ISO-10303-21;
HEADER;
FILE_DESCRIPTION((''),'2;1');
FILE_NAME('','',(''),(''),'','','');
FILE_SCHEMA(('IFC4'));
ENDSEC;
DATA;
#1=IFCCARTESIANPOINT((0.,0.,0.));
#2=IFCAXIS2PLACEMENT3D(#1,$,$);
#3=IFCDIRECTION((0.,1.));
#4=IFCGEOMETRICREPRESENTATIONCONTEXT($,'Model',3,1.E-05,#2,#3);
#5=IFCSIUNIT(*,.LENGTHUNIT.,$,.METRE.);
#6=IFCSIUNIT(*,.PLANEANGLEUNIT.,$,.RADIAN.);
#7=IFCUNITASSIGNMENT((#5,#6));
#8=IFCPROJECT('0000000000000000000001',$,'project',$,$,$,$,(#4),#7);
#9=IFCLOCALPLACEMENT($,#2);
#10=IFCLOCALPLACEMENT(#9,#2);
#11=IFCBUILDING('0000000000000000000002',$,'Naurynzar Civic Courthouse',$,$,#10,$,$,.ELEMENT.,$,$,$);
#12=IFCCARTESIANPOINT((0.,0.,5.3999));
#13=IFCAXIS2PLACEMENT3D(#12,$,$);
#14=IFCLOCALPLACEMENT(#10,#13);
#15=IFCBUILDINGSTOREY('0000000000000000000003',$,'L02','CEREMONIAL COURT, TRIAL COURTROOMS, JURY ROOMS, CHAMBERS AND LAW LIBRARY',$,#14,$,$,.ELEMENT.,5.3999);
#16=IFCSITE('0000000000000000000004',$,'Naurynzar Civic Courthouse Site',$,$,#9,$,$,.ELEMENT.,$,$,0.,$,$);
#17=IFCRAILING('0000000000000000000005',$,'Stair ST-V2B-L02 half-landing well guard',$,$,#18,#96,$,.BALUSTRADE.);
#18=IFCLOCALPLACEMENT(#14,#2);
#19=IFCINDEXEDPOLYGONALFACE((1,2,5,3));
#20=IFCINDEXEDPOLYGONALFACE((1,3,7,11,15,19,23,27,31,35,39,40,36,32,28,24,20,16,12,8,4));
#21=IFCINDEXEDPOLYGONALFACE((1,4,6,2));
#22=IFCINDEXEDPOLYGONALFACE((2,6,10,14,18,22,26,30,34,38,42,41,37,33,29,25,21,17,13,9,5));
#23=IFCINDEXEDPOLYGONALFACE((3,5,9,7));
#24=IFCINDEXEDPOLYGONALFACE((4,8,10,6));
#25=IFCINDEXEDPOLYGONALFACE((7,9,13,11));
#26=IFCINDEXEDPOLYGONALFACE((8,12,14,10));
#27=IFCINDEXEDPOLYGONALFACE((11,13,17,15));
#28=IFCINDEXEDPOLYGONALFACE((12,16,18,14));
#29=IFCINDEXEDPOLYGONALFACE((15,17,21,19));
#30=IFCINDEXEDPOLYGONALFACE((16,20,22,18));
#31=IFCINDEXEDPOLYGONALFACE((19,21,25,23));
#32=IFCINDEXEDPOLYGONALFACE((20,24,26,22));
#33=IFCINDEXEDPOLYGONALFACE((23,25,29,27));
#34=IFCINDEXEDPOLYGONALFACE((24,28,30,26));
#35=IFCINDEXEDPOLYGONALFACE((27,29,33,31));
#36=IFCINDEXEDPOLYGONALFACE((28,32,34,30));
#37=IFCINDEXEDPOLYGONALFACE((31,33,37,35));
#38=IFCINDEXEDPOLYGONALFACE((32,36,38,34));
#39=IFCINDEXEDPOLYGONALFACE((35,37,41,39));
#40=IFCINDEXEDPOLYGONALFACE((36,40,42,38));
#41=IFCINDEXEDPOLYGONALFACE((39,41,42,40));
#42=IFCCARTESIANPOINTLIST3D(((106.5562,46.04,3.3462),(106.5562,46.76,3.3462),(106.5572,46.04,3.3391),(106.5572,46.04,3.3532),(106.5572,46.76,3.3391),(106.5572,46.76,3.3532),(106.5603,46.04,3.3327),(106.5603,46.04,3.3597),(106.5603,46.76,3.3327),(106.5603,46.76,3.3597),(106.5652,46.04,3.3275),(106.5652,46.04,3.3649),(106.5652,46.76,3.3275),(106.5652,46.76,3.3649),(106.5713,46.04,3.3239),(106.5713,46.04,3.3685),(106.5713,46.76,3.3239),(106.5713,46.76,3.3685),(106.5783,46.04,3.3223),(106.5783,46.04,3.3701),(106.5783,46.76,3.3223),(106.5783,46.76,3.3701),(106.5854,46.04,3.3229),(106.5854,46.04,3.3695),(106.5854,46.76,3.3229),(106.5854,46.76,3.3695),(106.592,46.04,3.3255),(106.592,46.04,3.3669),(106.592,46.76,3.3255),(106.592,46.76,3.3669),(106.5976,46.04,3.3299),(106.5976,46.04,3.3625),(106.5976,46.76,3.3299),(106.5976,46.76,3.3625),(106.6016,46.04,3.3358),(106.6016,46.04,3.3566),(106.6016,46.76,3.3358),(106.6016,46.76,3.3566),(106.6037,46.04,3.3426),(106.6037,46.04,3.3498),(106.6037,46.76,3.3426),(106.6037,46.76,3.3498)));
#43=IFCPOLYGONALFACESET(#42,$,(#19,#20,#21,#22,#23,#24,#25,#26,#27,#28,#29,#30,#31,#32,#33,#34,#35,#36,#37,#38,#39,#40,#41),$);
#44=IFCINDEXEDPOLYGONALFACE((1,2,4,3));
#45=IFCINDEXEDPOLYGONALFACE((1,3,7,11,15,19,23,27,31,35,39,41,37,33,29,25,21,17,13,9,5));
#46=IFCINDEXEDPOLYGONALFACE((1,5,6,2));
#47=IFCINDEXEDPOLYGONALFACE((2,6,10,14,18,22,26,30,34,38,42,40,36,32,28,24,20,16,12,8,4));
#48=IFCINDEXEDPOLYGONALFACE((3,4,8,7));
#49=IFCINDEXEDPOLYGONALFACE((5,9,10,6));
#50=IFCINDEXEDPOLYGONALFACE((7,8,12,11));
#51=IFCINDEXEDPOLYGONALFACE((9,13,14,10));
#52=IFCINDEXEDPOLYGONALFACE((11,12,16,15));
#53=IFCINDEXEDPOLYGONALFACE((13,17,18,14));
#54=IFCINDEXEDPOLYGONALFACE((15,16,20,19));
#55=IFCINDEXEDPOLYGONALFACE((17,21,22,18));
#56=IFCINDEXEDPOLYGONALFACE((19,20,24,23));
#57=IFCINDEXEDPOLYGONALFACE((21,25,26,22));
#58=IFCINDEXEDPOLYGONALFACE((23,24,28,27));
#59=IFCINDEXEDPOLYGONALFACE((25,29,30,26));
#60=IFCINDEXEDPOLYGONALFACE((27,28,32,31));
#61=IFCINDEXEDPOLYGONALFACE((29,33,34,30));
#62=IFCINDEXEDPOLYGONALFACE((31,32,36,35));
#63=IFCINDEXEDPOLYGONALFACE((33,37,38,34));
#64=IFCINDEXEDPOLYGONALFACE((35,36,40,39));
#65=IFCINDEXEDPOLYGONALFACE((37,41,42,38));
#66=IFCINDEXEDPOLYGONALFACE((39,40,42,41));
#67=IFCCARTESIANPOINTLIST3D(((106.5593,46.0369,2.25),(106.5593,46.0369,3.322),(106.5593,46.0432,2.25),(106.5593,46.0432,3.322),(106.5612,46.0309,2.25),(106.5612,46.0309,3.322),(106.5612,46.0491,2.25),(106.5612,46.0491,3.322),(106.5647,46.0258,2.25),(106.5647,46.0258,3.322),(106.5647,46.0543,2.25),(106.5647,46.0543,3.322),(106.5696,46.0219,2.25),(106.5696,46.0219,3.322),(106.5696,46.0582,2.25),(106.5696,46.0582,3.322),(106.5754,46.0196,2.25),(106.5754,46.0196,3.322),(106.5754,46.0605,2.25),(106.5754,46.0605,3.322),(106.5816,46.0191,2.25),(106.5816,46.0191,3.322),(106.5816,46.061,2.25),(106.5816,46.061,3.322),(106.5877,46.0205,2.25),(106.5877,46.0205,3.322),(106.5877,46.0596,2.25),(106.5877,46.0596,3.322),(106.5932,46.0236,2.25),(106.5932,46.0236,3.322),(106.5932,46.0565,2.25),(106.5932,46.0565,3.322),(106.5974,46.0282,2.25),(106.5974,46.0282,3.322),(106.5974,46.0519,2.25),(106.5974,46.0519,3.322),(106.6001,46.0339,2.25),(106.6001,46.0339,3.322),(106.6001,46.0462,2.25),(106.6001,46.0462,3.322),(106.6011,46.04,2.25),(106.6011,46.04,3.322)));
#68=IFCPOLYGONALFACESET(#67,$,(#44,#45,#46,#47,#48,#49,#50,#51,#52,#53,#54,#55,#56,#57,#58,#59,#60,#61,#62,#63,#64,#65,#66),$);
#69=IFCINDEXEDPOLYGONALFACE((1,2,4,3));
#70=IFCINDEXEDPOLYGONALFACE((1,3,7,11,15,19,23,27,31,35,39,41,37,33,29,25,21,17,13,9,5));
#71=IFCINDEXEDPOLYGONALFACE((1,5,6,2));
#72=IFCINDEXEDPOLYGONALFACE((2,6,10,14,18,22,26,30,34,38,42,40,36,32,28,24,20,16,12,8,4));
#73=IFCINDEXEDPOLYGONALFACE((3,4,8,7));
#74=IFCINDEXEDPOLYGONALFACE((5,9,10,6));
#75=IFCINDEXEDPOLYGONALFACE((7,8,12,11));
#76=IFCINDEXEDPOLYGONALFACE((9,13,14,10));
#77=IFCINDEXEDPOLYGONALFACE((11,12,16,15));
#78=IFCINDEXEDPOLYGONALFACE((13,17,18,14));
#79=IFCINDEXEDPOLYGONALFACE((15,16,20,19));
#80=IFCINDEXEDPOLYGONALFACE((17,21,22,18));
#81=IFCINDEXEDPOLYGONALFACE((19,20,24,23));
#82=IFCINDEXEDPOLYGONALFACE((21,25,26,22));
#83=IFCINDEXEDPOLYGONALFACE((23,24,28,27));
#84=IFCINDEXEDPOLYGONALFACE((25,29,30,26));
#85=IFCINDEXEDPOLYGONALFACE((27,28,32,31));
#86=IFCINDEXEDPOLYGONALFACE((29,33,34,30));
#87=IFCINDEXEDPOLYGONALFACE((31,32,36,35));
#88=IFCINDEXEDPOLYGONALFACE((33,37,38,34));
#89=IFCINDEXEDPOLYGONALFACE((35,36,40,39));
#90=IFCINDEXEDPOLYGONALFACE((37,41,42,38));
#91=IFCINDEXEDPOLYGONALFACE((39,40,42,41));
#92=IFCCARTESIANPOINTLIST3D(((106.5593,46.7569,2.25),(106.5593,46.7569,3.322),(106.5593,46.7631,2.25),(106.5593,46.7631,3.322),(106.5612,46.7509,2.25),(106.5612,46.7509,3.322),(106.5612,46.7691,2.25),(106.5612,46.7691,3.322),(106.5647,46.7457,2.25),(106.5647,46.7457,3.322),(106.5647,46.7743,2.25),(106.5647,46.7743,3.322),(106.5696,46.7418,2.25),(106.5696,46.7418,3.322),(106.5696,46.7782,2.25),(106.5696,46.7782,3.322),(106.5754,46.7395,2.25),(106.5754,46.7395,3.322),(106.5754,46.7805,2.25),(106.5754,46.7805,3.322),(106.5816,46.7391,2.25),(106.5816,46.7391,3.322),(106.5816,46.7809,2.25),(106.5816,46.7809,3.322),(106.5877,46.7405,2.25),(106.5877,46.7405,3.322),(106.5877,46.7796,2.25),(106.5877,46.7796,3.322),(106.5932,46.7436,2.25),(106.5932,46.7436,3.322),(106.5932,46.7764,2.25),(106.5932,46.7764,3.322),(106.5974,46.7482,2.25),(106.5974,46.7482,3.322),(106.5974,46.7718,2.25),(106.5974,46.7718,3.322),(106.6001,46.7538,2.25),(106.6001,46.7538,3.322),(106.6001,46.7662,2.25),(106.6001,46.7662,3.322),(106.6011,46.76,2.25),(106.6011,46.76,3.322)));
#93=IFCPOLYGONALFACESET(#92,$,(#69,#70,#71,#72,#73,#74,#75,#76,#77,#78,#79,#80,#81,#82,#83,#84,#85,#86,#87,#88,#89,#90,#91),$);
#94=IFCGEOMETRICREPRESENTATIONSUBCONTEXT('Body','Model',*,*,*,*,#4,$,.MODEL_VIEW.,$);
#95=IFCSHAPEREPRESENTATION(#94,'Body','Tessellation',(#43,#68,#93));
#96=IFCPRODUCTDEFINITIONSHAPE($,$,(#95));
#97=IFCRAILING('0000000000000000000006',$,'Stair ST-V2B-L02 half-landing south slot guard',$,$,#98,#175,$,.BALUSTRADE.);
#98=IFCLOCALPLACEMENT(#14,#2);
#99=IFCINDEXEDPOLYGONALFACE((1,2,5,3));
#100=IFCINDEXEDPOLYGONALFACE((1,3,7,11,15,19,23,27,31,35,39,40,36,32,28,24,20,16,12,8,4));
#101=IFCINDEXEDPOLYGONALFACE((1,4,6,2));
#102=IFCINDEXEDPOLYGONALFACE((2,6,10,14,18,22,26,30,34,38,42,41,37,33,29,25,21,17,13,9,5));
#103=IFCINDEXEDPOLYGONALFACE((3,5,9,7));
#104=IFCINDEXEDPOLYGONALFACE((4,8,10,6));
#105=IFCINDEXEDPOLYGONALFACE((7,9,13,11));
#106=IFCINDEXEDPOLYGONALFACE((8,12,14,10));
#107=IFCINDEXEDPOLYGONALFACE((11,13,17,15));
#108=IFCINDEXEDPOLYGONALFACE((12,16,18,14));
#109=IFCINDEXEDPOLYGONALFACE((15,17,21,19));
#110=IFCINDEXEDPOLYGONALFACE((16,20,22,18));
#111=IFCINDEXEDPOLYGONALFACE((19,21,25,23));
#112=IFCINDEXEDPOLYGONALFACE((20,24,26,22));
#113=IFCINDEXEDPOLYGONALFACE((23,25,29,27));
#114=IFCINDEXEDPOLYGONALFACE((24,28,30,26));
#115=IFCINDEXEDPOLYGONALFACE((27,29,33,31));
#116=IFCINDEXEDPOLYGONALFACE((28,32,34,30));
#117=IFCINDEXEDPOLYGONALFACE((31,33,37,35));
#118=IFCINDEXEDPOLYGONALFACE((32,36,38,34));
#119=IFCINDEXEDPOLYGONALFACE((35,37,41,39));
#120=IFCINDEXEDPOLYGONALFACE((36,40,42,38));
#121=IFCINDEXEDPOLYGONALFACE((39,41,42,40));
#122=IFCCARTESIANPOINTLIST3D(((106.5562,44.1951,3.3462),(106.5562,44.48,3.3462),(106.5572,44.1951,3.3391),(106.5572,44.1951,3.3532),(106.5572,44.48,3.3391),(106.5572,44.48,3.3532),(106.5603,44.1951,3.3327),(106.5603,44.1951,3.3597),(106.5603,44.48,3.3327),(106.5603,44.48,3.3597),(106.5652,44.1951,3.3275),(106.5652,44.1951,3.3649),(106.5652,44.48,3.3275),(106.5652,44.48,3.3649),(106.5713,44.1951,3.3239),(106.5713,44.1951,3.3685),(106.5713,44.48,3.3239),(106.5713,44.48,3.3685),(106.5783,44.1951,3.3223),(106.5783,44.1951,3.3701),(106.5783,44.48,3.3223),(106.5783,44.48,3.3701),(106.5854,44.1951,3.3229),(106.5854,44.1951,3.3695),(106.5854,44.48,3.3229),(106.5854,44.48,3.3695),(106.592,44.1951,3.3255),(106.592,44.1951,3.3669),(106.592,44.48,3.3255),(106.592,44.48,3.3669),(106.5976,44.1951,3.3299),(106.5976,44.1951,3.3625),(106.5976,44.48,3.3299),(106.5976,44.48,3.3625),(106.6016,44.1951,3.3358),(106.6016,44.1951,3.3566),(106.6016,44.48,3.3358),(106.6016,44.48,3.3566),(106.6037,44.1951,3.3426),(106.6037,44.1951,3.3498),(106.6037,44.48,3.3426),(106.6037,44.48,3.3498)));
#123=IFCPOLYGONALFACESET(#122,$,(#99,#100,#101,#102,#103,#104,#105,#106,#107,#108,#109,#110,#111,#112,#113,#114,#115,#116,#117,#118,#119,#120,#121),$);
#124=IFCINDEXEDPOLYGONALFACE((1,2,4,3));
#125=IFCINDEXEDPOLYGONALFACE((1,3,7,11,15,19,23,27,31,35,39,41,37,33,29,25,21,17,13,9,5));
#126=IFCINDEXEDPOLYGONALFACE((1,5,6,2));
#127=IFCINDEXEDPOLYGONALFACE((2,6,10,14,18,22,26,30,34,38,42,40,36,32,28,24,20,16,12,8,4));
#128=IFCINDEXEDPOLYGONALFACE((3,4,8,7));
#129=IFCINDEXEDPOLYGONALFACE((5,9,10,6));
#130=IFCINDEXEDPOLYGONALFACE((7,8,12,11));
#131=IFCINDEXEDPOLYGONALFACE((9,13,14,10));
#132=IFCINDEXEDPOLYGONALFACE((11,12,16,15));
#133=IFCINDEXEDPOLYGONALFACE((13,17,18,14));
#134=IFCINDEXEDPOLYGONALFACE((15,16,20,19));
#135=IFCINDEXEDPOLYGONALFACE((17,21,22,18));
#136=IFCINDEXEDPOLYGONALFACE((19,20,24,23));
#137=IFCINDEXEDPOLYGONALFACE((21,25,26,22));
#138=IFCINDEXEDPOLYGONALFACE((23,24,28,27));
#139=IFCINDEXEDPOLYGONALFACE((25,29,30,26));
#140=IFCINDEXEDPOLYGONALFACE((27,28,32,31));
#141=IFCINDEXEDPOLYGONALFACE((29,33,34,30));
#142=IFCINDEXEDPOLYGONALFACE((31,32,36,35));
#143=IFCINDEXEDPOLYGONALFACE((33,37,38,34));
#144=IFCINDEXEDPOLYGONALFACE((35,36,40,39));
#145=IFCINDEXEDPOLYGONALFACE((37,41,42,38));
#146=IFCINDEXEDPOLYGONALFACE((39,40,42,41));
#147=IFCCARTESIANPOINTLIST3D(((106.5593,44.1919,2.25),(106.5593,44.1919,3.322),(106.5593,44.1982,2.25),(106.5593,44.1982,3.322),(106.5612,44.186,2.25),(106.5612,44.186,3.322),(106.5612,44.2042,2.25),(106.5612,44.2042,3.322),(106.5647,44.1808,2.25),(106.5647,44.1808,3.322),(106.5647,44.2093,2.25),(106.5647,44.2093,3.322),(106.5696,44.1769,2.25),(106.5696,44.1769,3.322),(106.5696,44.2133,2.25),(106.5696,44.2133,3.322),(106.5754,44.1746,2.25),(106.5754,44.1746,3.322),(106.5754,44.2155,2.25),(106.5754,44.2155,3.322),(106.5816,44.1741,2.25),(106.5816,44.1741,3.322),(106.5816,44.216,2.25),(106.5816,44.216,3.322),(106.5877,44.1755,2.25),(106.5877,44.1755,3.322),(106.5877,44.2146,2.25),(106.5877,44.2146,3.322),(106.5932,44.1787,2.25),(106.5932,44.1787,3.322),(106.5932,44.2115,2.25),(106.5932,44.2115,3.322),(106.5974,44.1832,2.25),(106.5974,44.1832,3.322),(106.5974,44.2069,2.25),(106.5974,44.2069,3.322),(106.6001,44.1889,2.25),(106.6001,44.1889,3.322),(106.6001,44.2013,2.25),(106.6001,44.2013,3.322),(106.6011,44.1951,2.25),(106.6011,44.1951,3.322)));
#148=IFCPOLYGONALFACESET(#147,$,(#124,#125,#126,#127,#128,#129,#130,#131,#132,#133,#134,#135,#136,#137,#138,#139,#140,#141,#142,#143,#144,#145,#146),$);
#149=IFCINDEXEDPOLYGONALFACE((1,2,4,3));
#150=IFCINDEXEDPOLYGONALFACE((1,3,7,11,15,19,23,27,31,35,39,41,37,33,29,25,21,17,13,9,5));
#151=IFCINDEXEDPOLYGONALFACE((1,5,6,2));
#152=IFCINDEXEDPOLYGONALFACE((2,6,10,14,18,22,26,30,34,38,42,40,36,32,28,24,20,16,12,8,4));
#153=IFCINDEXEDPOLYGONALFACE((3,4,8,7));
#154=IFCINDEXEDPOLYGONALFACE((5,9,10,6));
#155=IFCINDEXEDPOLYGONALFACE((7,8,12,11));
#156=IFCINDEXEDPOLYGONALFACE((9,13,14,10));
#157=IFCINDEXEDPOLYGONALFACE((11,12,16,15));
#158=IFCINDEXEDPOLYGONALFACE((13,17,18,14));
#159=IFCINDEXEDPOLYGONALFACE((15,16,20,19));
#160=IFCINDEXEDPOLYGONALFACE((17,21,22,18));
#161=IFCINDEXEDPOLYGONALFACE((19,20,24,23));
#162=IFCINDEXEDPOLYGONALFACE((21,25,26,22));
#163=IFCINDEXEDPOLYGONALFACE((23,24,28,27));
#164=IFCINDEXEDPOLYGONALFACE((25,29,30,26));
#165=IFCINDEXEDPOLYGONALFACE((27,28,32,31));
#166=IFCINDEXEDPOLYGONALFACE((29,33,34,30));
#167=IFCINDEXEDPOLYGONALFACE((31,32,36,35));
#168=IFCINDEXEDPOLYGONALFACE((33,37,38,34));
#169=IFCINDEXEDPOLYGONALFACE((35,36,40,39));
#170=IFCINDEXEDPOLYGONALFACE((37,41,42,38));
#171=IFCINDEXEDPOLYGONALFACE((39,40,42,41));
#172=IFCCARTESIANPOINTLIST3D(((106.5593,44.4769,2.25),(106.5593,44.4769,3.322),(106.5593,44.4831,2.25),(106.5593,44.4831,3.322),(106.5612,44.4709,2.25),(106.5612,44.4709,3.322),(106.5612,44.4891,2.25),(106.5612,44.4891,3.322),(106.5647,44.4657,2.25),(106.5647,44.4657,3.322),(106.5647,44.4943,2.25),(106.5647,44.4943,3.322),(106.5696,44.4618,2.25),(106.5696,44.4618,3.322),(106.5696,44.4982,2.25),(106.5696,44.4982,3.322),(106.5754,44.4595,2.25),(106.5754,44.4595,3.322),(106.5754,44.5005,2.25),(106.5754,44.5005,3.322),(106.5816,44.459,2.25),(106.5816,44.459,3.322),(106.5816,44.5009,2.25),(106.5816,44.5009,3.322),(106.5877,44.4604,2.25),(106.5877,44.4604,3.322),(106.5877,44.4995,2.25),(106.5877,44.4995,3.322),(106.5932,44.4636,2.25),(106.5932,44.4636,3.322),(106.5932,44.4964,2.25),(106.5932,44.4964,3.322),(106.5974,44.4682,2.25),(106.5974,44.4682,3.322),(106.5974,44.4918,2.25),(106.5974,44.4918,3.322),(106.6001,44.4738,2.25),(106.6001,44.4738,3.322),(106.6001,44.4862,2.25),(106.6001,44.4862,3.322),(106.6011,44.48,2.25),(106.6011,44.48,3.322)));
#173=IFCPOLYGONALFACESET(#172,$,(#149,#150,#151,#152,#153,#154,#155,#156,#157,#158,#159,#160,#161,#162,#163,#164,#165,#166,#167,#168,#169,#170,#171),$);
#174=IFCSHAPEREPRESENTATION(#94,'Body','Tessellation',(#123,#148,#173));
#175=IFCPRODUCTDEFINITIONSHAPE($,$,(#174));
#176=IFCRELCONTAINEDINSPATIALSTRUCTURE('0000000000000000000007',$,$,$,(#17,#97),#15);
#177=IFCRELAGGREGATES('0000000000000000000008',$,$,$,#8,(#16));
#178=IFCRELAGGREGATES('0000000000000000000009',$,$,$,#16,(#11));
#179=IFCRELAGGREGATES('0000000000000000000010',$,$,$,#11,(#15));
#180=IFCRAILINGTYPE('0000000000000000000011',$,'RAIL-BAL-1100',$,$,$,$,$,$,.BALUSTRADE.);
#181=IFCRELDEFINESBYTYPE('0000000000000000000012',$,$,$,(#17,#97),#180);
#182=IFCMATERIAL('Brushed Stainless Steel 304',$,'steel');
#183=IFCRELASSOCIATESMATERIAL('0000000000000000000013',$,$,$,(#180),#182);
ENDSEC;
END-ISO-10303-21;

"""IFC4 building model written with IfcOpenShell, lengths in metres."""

from ifc_helpers import new_model, si_unit, direction, frame, origin, origin_2d, place, context, subcontext, project, spatial, circle, extrude, material, type_object, element, save


model = new_model("IFC4")

# Units and contexts
model_context = context("Model", 3, precision=1e-05, world=origin(), true_north=direction((0.0, 1.0)))
body_context = subcontext(model_context, "Body", "Model", "MODEL_VIEW")
ifc_project = project(units=[si_unit("LENGTHUNIT", "METRE"), si_unit("PLANEANGLEUNIT", "RADIAN")], contexts=[model_context])

# Site, building, storey
site_placement = place(None, origin())
site = spatial("IfcSite", under=ifc_project, at=site_placement, Name="Naurynzar Civic Courthouse Site", CompositionType="ELEMENT", RefElevation=0.0)
building_placement = place(site_placement, origin())
building = spatial("IfcBuilding", under=site, at=building_placement, Name="Naurynzar Civic Courthouse", CompositionType="ELEMENT")
storey_placement = place(building_placement, frame((0.0, 0.0, 5.3999)))
storey = spatial("IfcBuildingStorey", under=building, at=storey_placement, Name="L02", Description="CEREMONIAL COURT, TRIAL COURTROOMS, JURY ROOMS, CHAMBERS AND LAW LIBRARY", CompositionType="ELEMENT", Elevation=5.3999)

# Railings
ifc_material_1 = material(Name="Brushed Stainless Steel 304", Category="steel")
railing_type_1 = type_object("IfcRailingType", Name="RAIL-BAL-1100", PredefinedType="BALUSTRADE", material=ifc_material_1)
for number, where, name in (
    (1, (106.5801, 46.04, 2.25), "Stair ST-V2B-L02 half-landing well guard"),
):
    element("IfcRailing", number, at=place(storey_placement, frame(where)), inside=storey, type_object=railing_type_1, Name=name, PredefinedType="BALUSTRADE", context=body_context, shape_type="SweptSolid", body=[
        extrude(circle(Radius=0.0239, at=origin_2d()), frame((0.0, 0.0, 1.0962), z_axis=(0.0, 1.0, 0.0), x_axis=(-1.0, 0.0, 0.0)), (0.0, 0.0, 1.0), 0.72),
        extrude(circle(Radius=0.021, at=origin_2d()), origin(), (0.0, 0.0, 1.0), 1.072),
        extrude(circle(Radius=0.021, at=origin_2d()), frame((0.0, 0.72, 0.0)), (0.0, 0.0, 1.0), 1.072),
    ])
railing_1_placement = place(storey_placement, frame((106.5801, 44.1951, 2.25)))
element("IfcRailing", 2, at=railing_1_placement, inside=storey, type_object=railing_type_1, Name="Stair ST-V2B-L02 half-landing south slot guard", PredefinedType="BALUSTRADE", context=body_context, shape_type="SweptSolid", body=[
    extrude(circle(Radius=0.0239, at=origin_2d()), frame((0.0, 0.0, 1.0962), z_axis=(0.0, 1.0, 0.0), x_axis=(-1.0, 0.0, 0.0)), (0.0, 0.0, 1.0), 0.2849),
    extrude(circle(Radius=0.021, at=origin_2d()), origin(), (0.0, 0.0, 1.0), 1.072),
    extrude(circle(Radius=0.021, at=origin_2d()), frame((0.0, 0.2849, 0.0)), (0.0, 0.0, 1.0), 1.072),
])

save(model, "model.ifc")
